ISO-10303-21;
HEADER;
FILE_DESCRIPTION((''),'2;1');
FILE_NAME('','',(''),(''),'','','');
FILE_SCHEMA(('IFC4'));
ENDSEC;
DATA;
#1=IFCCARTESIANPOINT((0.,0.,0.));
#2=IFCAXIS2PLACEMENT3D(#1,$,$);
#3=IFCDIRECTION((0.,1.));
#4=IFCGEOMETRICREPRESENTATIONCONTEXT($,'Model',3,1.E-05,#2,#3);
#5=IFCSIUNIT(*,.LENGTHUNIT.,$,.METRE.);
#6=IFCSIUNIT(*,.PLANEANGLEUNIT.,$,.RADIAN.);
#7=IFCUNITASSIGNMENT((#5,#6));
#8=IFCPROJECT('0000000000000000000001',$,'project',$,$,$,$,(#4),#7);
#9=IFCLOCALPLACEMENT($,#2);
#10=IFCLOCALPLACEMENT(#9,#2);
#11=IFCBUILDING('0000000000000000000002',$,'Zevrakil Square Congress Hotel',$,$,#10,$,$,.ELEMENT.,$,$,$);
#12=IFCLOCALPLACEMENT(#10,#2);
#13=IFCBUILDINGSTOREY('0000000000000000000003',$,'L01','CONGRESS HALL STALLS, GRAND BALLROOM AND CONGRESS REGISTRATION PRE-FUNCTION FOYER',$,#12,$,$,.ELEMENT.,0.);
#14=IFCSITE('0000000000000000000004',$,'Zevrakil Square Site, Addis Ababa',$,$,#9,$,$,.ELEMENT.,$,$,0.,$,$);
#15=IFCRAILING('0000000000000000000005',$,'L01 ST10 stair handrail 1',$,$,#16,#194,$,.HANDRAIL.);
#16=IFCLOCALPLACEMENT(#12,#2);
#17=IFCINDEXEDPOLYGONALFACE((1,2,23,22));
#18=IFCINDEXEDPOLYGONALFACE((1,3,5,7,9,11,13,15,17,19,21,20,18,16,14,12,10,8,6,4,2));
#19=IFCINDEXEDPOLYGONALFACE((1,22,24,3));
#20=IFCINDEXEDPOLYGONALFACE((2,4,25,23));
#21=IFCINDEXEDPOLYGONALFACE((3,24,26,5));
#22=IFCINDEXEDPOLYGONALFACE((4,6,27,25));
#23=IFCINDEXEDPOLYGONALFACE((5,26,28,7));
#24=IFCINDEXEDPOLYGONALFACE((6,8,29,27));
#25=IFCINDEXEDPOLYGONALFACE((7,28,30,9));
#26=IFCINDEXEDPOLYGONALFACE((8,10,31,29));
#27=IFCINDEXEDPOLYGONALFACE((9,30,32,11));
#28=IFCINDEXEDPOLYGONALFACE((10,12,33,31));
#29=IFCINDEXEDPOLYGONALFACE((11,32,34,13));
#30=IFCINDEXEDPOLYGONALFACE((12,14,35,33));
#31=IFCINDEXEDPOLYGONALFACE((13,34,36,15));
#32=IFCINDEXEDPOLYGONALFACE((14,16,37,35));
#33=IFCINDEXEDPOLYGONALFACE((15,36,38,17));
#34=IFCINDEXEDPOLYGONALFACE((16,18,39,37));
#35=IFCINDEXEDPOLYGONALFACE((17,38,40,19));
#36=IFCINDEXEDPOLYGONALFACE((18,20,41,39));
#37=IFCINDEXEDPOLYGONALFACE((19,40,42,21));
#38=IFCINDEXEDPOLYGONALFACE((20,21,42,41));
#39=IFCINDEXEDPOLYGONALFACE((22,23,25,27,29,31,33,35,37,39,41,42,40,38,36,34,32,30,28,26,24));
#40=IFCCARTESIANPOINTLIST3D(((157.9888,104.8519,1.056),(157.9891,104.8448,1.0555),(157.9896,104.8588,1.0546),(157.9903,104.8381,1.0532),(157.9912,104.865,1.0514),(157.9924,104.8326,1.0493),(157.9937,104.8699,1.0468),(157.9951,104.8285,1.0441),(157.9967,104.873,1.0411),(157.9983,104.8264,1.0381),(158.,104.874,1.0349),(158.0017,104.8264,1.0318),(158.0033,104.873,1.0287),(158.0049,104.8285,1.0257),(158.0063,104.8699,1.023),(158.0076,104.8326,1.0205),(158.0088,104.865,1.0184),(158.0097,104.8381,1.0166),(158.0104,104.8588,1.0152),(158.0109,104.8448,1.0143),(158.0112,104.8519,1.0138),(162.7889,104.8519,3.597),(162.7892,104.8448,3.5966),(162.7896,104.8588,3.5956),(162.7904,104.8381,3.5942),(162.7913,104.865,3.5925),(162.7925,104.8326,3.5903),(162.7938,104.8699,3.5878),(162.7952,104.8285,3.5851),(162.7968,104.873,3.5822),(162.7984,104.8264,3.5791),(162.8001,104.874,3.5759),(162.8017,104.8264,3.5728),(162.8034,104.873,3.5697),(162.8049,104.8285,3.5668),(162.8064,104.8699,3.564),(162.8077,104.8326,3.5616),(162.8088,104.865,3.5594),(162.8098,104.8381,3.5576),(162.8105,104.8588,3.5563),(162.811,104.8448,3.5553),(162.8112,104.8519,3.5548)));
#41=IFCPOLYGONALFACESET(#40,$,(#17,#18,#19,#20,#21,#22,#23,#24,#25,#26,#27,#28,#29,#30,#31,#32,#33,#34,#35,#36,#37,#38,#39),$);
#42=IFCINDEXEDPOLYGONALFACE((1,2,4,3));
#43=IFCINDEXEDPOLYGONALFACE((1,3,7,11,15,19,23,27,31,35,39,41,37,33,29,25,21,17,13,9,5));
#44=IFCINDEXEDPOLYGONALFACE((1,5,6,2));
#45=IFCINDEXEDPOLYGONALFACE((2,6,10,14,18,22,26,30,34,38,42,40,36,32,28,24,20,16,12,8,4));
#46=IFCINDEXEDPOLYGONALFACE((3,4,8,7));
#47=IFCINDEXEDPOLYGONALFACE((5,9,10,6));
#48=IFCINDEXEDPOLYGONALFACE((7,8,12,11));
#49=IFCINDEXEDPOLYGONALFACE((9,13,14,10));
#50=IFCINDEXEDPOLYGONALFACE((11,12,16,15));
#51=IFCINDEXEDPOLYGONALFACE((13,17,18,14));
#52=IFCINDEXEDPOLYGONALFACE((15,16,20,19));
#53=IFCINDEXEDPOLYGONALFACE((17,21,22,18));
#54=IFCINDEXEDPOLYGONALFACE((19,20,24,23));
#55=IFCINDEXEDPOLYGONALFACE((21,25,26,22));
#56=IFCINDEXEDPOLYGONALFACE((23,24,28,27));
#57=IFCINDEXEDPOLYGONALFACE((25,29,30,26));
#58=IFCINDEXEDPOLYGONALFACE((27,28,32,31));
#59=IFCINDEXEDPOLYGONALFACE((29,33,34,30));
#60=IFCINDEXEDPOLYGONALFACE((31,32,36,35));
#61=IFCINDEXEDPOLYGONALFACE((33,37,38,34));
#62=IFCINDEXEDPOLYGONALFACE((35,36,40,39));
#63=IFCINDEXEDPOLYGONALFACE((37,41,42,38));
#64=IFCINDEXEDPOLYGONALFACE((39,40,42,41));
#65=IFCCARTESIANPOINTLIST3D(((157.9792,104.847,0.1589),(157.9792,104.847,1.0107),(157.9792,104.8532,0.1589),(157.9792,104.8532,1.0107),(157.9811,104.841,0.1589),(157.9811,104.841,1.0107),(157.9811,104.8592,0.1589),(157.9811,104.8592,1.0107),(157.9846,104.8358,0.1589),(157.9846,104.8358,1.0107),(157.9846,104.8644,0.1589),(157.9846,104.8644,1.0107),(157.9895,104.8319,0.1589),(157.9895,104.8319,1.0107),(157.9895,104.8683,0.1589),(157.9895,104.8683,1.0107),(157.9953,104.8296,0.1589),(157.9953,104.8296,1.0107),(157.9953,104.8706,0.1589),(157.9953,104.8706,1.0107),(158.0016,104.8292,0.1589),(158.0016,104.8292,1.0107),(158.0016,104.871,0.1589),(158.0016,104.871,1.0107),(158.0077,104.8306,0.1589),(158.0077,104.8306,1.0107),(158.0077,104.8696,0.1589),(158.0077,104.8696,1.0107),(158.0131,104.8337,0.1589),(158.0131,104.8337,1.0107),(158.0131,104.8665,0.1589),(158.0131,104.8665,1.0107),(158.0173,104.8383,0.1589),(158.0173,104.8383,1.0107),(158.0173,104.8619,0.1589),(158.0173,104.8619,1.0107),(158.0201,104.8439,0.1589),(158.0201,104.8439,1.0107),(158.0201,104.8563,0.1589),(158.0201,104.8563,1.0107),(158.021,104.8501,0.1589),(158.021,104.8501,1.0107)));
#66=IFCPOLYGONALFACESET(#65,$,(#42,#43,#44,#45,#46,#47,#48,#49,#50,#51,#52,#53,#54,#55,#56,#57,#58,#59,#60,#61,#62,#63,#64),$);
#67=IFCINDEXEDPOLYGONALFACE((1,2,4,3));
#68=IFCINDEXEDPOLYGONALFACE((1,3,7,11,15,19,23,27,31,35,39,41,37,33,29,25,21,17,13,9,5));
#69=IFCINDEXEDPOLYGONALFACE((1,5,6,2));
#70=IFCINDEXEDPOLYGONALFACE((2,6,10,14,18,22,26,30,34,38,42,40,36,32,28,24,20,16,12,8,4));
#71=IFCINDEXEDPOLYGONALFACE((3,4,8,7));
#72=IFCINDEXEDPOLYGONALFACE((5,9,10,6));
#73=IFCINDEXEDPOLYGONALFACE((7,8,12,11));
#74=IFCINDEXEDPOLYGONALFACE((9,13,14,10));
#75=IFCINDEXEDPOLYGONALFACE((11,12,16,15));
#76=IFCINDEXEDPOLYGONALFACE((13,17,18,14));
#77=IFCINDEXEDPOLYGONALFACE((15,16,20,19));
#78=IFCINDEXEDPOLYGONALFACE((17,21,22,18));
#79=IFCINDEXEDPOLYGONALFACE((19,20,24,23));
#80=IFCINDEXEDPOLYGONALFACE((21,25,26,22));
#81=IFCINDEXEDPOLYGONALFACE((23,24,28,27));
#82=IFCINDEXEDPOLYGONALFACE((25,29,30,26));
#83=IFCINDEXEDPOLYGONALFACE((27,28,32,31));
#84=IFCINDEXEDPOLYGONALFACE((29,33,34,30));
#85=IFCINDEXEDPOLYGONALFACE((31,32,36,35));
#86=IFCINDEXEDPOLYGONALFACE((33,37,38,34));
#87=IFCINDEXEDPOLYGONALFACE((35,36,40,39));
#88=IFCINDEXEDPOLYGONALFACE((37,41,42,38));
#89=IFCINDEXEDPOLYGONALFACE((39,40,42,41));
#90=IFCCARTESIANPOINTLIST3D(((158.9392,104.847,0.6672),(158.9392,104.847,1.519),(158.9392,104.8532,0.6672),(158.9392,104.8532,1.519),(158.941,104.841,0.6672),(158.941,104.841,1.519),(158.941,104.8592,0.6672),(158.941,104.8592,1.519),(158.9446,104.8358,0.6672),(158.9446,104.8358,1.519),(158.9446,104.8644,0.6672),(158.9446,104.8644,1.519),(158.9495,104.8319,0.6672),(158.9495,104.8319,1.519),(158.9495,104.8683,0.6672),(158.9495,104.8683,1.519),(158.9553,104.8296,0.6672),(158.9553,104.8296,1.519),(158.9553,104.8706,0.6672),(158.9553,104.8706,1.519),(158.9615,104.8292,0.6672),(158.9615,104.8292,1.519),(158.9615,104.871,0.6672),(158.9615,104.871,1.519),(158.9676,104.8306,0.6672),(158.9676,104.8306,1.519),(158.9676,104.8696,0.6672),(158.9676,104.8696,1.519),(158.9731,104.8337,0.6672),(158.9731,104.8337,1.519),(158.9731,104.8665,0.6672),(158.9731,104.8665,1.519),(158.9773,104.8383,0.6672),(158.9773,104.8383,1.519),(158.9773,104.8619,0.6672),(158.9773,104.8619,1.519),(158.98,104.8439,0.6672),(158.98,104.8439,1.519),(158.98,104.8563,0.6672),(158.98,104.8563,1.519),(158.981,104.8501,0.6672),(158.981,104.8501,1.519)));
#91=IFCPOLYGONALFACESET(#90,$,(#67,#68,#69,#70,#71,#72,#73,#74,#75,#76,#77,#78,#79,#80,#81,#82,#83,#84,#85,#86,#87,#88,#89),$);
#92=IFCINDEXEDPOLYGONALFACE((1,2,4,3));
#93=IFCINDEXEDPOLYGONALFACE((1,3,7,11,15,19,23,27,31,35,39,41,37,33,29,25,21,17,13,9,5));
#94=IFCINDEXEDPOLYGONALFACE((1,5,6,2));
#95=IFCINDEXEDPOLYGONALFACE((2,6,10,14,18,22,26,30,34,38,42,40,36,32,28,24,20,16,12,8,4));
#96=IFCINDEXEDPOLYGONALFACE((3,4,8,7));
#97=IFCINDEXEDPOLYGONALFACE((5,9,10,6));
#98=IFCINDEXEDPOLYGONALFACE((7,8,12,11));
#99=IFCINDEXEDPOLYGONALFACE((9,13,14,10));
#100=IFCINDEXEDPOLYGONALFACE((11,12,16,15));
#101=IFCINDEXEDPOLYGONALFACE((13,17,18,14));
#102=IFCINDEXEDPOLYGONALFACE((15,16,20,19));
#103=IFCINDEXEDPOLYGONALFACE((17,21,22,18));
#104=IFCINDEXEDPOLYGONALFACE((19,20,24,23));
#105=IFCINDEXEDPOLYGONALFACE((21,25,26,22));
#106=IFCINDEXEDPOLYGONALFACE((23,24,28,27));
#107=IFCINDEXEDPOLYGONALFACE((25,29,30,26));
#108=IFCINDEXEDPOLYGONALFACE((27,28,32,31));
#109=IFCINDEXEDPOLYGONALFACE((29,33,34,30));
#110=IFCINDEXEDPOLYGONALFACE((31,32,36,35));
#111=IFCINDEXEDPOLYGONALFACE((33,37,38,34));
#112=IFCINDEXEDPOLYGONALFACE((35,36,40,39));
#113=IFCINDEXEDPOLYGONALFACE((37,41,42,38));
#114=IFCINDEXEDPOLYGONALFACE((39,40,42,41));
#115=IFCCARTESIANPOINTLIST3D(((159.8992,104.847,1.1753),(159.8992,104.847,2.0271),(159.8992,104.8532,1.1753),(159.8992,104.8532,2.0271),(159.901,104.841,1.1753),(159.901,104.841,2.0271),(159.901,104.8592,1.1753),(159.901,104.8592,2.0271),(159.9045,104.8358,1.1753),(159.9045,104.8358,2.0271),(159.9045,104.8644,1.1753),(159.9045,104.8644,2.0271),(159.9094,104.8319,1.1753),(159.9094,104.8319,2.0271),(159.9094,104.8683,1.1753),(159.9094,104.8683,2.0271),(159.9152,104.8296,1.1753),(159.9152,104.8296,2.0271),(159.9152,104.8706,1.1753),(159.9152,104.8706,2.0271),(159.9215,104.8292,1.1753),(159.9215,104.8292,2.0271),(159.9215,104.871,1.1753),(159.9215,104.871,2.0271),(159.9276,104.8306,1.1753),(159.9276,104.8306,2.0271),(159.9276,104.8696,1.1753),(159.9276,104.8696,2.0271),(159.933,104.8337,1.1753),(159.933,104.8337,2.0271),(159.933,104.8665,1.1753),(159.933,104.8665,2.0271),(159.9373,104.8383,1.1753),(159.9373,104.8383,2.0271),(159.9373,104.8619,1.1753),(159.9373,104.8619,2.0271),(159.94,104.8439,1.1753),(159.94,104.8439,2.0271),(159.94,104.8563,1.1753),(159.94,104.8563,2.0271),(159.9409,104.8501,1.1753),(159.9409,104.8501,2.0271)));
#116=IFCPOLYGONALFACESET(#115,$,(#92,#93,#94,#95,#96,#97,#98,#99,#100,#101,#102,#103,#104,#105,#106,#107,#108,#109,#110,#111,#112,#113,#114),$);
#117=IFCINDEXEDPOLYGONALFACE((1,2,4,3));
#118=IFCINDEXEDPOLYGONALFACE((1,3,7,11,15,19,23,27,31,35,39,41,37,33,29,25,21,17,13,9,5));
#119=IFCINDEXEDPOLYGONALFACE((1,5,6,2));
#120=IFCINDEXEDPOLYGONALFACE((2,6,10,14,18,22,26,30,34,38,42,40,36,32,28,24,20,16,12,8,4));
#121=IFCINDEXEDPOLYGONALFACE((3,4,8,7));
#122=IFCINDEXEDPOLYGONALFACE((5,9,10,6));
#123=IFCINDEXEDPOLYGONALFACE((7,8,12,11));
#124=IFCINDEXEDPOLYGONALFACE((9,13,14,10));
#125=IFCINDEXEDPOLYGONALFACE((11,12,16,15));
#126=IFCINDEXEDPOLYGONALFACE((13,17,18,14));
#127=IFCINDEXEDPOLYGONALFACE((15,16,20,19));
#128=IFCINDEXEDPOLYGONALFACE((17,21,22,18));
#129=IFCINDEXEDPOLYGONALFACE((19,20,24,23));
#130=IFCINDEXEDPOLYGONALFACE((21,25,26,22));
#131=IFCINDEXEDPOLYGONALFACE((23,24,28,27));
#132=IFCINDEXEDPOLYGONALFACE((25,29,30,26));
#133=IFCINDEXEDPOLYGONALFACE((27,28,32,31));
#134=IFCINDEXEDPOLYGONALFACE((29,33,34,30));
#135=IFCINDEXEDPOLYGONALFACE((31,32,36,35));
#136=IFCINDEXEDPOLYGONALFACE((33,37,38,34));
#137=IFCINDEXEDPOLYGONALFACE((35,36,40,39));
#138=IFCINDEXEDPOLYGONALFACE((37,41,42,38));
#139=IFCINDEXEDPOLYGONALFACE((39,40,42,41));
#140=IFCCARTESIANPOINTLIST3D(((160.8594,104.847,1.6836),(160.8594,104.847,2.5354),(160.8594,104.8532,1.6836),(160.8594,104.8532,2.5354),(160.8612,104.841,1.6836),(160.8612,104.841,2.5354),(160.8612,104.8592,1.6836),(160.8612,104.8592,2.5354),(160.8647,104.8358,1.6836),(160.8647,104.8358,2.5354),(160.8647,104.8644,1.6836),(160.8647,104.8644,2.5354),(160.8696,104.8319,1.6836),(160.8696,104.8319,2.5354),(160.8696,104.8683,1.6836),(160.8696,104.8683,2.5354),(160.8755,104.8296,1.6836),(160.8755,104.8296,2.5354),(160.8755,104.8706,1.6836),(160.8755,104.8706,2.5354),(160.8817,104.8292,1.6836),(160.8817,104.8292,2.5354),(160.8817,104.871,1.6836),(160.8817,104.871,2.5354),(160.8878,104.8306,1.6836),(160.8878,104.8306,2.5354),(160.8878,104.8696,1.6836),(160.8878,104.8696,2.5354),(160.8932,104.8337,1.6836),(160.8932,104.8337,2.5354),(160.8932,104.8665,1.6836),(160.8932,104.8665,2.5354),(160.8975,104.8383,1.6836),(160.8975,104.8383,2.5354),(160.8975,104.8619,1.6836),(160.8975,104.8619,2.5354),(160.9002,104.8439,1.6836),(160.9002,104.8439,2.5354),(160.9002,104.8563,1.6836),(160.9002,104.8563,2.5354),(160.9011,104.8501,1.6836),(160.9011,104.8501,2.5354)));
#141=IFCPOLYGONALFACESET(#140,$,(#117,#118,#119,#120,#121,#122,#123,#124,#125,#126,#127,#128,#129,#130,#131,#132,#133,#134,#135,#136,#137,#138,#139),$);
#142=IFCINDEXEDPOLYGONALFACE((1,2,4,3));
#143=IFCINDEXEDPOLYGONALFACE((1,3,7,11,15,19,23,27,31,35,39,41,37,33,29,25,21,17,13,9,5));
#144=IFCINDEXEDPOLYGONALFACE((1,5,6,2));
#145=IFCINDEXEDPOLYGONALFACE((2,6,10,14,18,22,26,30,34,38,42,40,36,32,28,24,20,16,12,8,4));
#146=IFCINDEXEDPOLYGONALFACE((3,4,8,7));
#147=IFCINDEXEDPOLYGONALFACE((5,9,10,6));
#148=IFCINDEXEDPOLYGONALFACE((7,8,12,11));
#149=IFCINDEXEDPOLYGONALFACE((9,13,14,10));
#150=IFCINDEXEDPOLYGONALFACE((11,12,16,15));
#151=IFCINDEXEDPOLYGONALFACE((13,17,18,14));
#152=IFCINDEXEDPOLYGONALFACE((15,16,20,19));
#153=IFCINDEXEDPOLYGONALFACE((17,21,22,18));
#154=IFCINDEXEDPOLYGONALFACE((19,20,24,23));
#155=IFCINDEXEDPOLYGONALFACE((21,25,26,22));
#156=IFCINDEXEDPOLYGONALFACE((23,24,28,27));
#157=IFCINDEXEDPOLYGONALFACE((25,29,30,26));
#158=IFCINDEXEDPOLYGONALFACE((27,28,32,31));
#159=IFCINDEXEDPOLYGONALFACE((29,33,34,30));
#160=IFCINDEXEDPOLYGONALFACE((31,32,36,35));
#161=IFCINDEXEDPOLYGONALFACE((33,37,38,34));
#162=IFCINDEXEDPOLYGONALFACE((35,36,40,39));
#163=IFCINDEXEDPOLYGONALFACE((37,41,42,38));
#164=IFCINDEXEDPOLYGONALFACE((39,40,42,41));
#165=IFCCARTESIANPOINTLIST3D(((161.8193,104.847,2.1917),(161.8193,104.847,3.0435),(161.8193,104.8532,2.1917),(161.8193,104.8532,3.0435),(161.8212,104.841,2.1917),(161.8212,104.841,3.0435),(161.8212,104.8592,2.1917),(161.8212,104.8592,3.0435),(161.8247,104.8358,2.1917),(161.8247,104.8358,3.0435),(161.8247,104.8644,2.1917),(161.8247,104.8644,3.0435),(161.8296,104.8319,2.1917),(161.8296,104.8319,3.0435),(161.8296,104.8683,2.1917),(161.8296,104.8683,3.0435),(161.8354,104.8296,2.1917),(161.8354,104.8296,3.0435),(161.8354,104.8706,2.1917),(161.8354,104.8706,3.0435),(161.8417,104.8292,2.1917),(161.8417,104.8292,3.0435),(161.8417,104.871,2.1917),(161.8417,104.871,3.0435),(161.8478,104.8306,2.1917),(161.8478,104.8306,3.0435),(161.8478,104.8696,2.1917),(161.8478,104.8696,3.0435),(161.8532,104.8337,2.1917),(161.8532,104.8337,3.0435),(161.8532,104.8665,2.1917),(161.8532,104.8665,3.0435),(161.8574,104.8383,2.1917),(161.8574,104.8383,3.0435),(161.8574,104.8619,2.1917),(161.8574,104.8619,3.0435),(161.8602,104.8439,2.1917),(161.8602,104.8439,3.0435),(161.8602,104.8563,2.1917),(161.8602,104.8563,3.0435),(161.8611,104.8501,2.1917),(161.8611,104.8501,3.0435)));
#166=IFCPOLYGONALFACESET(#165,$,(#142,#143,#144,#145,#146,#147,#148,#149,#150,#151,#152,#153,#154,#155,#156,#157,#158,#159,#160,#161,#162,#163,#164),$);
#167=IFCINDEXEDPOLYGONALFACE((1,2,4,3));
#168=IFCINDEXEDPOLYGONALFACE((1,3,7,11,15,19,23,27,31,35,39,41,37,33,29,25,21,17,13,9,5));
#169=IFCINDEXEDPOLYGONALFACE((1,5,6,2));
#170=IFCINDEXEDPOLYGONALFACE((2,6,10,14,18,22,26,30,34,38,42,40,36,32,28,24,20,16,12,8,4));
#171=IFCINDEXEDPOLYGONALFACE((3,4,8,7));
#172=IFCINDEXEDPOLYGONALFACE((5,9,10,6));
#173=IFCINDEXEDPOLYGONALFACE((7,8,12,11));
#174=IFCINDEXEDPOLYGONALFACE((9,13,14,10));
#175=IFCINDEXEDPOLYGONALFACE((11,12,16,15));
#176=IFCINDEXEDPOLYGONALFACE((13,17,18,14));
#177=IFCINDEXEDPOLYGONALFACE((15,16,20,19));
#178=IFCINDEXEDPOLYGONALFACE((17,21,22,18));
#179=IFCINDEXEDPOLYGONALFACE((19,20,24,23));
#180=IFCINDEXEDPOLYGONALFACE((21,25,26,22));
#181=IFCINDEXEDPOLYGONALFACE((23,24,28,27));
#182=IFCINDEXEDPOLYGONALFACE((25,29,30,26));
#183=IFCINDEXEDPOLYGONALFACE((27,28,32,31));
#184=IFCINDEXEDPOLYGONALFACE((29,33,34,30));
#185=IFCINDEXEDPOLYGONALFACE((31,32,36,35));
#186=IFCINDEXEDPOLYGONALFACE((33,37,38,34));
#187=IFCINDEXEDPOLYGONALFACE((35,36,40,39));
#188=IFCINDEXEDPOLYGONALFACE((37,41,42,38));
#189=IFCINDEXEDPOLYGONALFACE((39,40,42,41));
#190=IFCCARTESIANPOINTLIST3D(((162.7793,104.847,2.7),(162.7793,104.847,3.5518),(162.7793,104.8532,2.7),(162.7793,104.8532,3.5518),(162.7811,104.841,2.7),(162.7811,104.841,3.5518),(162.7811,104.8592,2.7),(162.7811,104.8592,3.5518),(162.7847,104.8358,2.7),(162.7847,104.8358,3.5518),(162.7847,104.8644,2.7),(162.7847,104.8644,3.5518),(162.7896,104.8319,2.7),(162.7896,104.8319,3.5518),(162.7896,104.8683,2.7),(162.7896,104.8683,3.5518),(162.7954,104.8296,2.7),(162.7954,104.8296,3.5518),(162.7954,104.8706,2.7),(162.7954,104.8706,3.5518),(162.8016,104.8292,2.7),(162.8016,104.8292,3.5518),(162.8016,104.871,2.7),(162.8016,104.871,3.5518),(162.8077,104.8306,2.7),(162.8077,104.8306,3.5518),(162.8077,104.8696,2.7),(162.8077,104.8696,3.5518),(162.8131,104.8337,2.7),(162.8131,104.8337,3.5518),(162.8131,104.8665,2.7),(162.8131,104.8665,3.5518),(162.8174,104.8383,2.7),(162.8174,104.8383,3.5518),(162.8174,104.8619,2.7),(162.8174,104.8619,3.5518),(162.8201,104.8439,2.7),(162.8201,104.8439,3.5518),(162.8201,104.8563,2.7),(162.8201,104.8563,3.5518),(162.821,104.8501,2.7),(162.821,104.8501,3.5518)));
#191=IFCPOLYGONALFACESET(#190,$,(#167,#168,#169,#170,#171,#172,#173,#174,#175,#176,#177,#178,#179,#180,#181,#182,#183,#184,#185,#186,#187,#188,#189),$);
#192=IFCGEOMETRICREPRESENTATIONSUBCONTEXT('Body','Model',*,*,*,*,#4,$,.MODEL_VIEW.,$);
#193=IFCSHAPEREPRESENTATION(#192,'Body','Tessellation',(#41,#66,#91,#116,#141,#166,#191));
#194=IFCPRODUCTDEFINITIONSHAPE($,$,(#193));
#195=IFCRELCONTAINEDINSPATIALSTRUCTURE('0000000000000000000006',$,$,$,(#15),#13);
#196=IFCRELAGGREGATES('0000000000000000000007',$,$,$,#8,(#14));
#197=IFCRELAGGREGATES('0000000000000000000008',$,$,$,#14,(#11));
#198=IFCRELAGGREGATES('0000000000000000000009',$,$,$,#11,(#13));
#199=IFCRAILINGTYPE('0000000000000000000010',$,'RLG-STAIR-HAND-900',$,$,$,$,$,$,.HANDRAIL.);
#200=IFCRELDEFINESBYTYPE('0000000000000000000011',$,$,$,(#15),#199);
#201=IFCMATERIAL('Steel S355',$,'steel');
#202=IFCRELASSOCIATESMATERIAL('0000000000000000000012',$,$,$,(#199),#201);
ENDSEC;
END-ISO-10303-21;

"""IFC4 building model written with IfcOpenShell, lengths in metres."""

from ifc_helpers import new_model, si_unit, direction, frame, origin, origin_2d, place, context, subcontext, project, spatial, circle, extrude, material, type_object, element, save


model = new_model("IFC4")

# Units and contexts
model_context = context("Model", 3, precision=1e-05, world=origin(), true_north=direction((0.0, 1.0)))
body_context = subcontext(model_context, "Body", "Model", "MODEL_VIEW")
ifc_project = project(units=[si_unit("LENGTHUNIT", "METRE"), si_unit("PLANEANGLEUNIT", "RADIAN")], contexts=[model_context])

# Site, building, storey
site_placement = place(None, origin())
site = spatial("IfcSite", under=ifc_project, at=site_placement, Name="Zevrakil Square Site, Addis Ababa", CompositionType="ELEMENT", RefElevation=0.0)
building_placement = place(site_placement, origin())
building = spatial("IfcBuilding", under=site, at=building_placement, Name="Zevrakil Square Congress Hotel", CompositionType="ELEMENT")
storey_placement = place(building_placement, origin())
storey = spatial("IfcBuildingStorey", under=building, at=storey_placement, Name="L01", Description="CONGRESS HALL STALLS, GRAND BALLROOM AND CONGRESS REGISTRATION PRE-FUNCTION FOYER", CompositionType="ELEMENT", Elevation=0.0)

# Railing
ifc_material_1 = material(Name="Steel S355", Category="steel")
railing_type_1 = type_object("IfcRailingType", Name="RLG-STAIR-HAND-900", PredefinedType="HANDRAIL", material=ifc_material_1)
railing_1_placement = place(storey_placement, frame((158.0, 104.8501, 0.1589)))
element("IfcRailing", 1, at=railing_1_placement, inside=storey, type_object=railing_type_1, Name="L01 ST10 stair handrail 1", PredefinedType="HANDRAIL", context=body_context, shape_type="SweptSolid", body=[
    extrude(circle(Radius=0.0239, at=origin_2d()), frame((0.0, 0.0, 0.876), z_axis=(0.883802, 0.0, 0.467861), x_axis=(0.0, 1.0, 0.0)), (0.0, 0.0, 1.0), 5.4312),
    extrude(circle(Radius=0.021, at=origin_2d()), origin(), (0.0, 0.0, 1.0), 0.8518),
    extrude(circle(Radius=0.021, at=origin_2d()), frame((0.96, 0.0, 0.5083)), (0.0, 0.0, 1.0), 0.8518),
    extrude(circle(Radius=0.021, at=origin_2d()), frame((1.9199, 0.0, 1.0164)), (0.0, 0.0, 1.0), 0.8518),
    extrude(circle(Radius=0.021, at=origin_2d()), frame((2.8801, 0.0, 1.5247)), (0.0, 0.0, 1.0), 0.8518),
    extrude(circle(Radius=0.021, at=origin_2d()), frame((3.8401, 0.0, 2.0327)), (0.0, 0.0, 1.0), 0.8518),
    extrude(circle(Radius=0.021, at=origin_2d()), frame((4.8, 0.0, 2.541)), (0.0, 0.0, 1.0), 0.8518),
])

save(model, "model.ifc")
